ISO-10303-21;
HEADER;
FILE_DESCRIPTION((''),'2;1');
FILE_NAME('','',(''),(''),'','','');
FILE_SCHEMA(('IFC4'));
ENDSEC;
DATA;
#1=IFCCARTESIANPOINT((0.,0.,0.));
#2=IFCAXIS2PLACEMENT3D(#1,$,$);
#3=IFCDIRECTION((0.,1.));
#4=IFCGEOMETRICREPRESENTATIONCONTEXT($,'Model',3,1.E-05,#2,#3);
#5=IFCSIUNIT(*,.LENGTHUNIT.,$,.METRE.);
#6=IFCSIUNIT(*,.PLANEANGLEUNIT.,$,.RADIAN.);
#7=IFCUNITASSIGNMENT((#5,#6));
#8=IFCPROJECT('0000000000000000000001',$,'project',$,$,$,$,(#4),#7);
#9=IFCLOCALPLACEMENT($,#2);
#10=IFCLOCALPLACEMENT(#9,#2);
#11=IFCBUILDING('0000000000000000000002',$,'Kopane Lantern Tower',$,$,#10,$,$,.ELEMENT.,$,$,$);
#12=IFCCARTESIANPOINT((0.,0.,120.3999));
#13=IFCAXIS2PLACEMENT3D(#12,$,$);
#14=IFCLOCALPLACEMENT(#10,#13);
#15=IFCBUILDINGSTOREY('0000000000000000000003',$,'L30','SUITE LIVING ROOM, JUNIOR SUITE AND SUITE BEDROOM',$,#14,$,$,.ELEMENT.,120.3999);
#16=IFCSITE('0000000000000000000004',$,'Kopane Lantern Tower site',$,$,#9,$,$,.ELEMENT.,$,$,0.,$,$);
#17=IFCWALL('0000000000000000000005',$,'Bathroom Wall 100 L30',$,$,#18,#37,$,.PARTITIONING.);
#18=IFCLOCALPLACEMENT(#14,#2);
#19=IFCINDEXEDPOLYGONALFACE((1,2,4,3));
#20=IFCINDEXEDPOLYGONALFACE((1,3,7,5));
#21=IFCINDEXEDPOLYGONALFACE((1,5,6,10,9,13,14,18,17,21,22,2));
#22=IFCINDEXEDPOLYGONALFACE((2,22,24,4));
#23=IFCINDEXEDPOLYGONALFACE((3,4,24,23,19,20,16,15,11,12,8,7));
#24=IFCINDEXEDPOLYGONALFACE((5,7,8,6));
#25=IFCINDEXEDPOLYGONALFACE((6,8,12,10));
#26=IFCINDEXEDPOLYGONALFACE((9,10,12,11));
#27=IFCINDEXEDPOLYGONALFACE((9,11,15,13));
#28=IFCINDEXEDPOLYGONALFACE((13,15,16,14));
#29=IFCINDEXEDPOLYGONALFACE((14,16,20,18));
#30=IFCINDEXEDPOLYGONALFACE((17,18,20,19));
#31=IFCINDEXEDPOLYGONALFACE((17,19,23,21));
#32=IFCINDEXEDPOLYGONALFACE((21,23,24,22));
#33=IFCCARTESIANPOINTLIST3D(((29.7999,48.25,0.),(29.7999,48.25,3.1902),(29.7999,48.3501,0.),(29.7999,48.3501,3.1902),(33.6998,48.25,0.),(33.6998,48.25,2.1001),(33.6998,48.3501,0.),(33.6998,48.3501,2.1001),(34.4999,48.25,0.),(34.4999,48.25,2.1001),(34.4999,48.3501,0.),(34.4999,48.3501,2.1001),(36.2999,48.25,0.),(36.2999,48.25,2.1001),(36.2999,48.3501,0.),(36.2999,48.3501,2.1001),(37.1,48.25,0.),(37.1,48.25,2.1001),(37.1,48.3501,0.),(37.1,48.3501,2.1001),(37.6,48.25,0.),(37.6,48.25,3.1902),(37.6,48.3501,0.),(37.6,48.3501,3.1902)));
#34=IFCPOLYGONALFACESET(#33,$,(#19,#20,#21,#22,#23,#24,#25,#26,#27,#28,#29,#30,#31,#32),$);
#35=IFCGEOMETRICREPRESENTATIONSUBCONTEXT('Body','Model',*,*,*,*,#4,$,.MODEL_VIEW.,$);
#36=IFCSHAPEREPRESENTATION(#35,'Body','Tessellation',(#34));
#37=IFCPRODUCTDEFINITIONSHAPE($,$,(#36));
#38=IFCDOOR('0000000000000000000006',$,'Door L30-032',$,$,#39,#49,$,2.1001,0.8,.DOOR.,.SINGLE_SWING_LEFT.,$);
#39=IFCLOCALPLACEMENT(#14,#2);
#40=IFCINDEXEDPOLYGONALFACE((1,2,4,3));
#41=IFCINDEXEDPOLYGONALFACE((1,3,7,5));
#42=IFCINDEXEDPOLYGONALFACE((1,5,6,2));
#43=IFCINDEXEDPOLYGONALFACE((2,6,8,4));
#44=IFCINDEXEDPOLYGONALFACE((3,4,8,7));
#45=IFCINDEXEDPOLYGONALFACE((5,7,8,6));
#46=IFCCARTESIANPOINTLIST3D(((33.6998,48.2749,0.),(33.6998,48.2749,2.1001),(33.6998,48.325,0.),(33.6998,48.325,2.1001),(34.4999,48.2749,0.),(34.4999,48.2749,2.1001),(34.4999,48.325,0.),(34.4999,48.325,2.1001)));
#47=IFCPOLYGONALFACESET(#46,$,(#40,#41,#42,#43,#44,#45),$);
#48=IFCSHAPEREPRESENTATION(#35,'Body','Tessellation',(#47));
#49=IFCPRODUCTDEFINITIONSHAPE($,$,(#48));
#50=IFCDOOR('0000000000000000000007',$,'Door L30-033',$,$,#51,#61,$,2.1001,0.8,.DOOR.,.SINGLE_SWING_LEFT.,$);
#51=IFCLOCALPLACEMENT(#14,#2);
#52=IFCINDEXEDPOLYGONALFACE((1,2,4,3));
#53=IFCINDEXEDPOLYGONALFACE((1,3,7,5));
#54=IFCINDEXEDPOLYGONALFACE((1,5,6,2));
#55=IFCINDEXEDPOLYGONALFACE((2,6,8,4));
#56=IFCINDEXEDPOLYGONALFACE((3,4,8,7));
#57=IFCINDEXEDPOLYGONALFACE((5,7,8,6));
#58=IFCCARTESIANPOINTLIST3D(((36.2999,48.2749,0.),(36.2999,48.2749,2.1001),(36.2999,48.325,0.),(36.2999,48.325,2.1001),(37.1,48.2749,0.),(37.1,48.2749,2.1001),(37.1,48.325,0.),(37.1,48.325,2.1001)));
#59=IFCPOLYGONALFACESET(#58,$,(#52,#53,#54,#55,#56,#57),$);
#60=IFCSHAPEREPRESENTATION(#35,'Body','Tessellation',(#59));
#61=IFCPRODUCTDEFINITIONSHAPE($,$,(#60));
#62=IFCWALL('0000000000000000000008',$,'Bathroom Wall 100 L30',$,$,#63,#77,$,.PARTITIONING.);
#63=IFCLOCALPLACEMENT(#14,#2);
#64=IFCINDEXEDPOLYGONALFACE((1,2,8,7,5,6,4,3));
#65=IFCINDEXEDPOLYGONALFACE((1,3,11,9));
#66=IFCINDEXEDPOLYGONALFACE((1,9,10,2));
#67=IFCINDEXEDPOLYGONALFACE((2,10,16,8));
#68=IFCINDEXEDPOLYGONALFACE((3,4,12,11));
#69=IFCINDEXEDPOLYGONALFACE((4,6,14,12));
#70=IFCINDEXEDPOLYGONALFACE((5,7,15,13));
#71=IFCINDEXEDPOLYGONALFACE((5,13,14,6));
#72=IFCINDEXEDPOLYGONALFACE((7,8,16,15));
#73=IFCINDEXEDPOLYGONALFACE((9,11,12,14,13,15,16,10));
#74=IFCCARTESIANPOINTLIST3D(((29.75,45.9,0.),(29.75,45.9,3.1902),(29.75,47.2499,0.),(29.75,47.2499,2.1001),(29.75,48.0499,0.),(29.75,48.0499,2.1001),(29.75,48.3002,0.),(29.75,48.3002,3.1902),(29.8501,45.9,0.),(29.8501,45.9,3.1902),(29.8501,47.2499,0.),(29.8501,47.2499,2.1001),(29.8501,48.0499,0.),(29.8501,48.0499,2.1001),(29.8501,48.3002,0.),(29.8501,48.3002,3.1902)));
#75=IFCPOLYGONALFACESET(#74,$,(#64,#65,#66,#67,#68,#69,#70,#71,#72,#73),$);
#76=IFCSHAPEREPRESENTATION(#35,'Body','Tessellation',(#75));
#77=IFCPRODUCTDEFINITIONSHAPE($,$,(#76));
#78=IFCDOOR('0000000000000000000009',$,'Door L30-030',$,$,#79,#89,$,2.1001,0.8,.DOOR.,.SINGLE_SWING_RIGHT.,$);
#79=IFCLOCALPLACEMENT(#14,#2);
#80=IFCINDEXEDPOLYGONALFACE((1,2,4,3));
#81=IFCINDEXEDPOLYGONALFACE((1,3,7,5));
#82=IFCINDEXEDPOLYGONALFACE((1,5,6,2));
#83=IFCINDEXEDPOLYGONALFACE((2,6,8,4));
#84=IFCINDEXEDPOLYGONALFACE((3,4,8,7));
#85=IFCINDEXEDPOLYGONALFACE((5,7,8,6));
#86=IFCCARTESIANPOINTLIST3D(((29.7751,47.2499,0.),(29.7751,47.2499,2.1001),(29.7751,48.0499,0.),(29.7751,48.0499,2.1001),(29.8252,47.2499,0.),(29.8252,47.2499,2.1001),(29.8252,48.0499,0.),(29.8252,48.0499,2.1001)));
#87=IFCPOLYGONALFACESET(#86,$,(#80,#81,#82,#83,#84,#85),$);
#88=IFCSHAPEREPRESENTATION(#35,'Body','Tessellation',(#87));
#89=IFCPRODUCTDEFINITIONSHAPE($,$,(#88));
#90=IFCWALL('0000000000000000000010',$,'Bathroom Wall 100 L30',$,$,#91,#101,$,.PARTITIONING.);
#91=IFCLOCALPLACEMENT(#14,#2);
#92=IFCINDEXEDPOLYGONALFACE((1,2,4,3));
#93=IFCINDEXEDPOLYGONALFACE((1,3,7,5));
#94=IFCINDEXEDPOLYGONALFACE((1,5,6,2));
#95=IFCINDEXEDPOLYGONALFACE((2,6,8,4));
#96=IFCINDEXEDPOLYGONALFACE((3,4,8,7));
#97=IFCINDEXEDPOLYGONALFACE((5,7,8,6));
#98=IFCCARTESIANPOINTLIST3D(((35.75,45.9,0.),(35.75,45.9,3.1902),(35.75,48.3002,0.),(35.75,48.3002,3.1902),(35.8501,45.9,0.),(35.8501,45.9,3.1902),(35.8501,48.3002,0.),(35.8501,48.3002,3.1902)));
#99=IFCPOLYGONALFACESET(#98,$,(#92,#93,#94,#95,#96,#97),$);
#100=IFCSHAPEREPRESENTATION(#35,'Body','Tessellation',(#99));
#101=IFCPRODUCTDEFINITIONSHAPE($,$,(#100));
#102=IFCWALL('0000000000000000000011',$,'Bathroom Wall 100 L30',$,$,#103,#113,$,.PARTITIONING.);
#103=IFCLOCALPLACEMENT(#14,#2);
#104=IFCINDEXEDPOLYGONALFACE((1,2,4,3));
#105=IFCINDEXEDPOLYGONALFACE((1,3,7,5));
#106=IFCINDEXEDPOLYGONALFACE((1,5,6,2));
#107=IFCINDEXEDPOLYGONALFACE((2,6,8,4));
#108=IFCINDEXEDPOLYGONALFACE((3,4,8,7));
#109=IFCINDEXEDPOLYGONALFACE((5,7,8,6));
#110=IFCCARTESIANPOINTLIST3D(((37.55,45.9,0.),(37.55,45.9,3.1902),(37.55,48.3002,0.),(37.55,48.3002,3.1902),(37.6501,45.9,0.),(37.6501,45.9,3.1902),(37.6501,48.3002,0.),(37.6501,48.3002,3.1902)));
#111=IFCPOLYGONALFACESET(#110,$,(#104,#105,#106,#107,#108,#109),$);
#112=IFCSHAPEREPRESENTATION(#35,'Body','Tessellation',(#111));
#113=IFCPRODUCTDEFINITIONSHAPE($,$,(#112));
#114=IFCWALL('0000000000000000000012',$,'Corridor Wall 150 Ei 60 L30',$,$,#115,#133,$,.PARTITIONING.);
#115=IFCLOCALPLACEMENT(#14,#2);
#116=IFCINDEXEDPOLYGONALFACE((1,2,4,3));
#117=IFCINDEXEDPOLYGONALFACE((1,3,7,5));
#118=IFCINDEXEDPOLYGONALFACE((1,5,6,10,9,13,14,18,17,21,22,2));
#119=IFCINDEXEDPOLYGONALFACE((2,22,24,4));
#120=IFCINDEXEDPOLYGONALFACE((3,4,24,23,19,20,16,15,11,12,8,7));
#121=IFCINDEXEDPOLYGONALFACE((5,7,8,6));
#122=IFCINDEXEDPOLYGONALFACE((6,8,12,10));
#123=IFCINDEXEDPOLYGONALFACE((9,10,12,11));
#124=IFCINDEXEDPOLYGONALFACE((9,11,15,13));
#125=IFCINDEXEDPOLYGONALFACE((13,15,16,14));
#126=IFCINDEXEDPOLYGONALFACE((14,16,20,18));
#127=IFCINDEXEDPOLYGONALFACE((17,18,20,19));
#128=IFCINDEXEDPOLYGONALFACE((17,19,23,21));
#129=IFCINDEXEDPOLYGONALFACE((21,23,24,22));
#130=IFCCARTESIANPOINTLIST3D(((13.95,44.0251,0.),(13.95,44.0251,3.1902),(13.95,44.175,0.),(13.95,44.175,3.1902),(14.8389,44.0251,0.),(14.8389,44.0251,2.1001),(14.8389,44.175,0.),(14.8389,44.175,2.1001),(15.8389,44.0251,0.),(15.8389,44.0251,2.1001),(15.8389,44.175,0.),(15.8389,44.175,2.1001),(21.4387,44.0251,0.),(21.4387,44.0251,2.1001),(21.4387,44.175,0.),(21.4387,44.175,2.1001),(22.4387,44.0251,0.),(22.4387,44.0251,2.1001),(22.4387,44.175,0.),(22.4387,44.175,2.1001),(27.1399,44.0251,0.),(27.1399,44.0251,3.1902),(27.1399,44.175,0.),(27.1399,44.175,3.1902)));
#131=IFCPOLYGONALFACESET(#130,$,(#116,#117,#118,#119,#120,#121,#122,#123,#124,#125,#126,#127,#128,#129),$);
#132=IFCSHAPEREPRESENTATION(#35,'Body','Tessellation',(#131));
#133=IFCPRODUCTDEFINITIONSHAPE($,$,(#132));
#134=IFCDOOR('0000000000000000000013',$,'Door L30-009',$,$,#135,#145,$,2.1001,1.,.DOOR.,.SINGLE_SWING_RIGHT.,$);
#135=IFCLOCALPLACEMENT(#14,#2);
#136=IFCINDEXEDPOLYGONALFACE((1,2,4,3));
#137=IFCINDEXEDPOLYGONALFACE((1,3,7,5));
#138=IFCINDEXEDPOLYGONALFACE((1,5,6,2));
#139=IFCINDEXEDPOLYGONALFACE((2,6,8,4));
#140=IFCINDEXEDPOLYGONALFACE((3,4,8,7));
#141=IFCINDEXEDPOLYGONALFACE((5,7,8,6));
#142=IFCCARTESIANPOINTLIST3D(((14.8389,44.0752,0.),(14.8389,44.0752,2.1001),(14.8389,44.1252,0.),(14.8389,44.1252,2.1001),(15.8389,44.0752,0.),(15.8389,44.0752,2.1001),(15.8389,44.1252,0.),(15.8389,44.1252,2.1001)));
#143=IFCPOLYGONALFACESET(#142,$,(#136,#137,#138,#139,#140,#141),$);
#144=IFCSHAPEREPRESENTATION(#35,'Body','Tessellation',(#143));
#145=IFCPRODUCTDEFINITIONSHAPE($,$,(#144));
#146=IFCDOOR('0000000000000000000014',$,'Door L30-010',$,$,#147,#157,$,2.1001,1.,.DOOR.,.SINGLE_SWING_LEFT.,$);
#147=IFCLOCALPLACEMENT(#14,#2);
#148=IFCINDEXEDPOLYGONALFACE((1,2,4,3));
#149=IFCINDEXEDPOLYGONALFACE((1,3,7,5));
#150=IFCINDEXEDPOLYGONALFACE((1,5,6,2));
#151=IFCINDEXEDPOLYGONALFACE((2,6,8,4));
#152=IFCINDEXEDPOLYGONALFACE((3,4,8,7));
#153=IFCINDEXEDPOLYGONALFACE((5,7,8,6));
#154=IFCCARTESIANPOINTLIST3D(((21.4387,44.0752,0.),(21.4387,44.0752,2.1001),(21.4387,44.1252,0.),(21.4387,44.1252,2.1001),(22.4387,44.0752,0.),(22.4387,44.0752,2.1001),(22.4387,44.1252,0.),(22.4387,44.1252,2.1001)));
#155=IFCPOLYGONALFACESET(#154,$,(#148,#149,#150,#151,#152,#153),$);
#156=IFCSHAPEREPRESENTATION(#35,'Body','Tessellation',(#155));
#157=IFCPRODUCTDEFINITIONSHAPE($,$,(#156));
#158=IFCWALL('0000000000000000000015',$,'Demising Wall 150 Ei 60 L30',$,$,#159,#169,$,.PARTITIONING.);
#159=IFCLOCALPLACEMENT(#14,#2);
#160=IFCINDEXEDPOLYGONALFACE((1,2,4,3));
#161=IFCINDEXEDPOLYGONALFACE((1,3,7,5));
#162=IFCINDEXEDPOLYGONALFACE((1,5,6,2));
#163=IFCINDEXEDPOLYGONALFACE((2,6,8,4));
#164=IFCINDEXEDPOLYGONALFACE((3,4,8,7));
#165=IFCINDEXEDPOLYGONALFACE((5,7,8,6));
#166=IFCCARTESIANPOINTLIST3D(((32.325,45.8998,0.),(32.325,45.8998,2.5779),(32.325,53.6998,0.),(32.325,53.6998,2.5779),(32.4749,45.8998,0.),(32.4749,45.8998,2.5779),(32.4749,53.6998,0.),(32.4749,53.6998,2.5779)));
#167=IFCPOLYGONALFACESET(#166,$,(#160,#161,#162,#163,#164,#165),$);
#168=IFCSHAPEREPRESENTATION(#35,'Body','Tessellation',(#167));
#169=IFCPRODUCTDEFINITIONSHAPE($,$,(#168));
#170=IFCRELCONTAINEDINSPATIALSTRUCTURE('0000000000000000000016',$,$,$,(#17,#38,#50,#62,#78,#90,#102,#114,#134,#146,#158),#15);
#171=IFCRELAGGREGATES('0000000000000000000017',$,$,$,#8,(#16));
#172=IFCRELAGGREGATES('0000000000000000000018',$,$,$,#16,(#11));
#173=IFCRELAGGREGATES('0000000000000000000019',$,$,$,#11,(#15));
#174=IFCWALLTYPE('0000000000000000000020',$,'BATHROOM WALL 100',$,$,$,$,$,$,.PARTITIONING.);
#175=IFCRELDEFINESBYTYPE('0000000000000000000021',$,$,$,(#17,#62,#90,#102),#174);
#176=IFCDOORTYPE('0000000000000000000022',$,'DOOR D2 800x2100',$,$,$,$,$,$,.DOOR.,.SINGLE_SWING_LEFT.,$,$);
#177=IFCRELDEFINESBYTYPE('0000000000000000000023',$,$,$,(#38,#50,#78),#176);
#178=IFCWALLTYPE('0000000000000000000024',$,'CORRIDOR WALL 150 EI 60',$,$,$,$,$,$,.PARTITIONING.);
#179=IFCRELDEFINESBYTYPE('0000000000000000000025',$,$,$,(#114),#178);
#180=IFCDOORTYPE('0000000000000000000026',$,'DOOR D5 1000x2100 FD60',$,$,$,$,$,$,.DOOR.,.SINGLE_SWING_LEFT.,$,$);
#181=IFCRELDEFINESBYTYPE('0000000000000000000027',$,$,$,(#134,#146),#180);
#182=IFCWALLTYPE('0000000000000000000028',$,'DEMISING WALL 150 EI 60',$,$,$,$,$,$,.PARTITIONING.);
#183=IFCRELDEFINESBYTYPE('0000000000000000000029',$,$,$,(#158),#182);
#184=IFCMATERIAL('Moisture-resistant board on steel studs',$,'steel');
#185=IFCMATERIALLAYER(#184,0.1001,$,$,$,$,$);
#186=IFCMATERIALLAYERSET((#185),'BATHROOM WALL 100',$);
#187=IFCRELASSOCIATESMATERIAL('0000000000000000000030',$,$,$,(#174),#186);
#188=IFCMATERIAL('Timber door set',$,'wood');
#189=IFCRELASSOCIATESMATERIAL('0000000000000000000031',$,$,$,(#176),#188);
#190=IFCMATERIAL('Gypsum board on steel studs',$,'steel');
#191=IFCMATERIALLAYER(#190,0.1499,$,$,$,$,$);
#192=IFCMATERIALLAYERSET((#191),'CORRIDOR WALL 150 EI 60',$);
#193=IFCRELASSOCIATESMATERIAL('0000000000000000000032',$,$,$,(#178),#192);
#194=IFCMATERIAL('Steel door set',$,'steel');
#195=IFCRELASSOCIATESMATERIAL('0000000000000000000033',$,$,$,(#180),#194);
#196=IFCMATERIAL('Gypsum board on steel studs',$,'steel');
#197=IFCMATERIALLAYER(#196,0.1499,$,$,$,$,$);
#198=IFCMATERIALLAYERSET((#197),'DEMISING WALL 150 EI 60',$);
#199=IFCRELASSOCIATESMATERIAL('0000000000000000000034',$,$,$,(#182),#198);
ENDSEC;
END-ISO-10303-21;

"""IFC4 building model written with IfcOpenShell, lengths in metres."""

from ifc_helpers import new_model, si_unit, direction, frame, frame_2d, origin, place, context, subcontext, project, spatial, rectangle, extrude, material, layer, layer_set, type_object, element, fill, save


model = new_model("IFC4")

# Units and contexts
model_context = context("Model", 3, precision=1e-05, world=origin(), true_north=direction((0.0, 1.0)))
body_context = subcontext(model_context, "Body", "Model", "MODEL_VIEW")
ifc_project = project(units=[si_unit("LENGTHUNIT", "METRE"), si_unit("PLANEANGLEUNIT", "RADIAN")], contexts=[model_context])

# Site, building, storey
site_placement = place(None, origin())
site = spatial("IfcSite", under=ifc_project, at=site_placement, Name="Kopane Lantern Tower site", CompositionType="ELEMENT", RefElevation=0.0)
building_placement = place(site_placement, origin())
building = spatial("IfcBuilding", under=site, at=building_placement, Name="Kopane Lantern Tower", CompositionType="ELEMENT")
storey_placement = place(building_placement, frame((0.0, 0.0, 120.3999)))
storey = spatial("IfcBuildingStorey", under=building, at=storey_placement, Name="L30", Description="SUITE LIVING ROOM, JUNIOR SUITE AND SUITE BEDROOM", CompositionType="ELEMENT", Elevation=120.3999)

# Shared definitions
ifc_material_1 = material(Name="Moisture-resistant board on steel studs", Category="steel")
ifc_layer_1 = layer(ifc_material_1, 0.1001)
ifc_layer_set_1 = layer_set([ifc_layer_1], Name="BATHROOM WALL 100")
wall_type_1 = type_object("IfcWallType", Name="BATHROOM WALL 100", PredefinedType="PARTITIONING", material=ifc_layer_set_1)
ifc_material_2 = material(Name="Timber door set", Category="wood")
door_type_1 = type_object("IfcDoorType", Name="DOOR D2 800x2100", OperationType="SINGLE_SWING_LEFT", PredefinedType="DOOR", material=ifc_material_2)

# Wall, openings, doors
wall_1_placement = place(storey_placement, frame((29.8, 48.3, 0.0), z_axis=(0.0, 0.0, 1.0), x_axis=(1.0, 0.0, 0.0)))
wall_1 = element("IfcWall", 1, at=wall_1_placement, inside=storey, type_object=wall_type_1, Name="Bathroom Wall 100 L30", PredefinedType="PARTITIONING", context=body_context, shape_type="SweptSolid", body=[
    extrude(rectangle(XDim=7.8, YDim=0.1001, at=frame_2d((3.8999, 0.0))), origin(), (0.0, 0.0, 1.0), 3.1902),
])
opening_1_placement = place(wall_1_placement, frame((3.8999, 0.0, 0.0)))
opening_1 = element("IfcOpeningElement", 2, at=opening_1_placement, cuts=wall_1, PredefinedType="OPENING", context=body_context, shape_type="SweptSolid", body=[
    extrude(rectangle(XDim=0.8, YDim=2.1001, at=frame_2d((0.3999, 1.05))), frame((0.0, 0.0601, 0.0), z_axis=(0.0, -1.0, 0.0), x_axis=(1.0, 0.0, 0.0)), (0.0, 0.0, 1.0), 0.1201),
])
opening_2_placement = place(wall_1_placement, frame((6.5, 0.0, 0.0)))
opening_2 = element("IfcOpeningElement", 3, at=opening_2_placement, cuts=wall_1, PredefinedType="OPENING", context=body_context, shape_type="SweptSolid", body=[
    extrude(rectangle(XDim=0.8, YDim=2.1001, at=frame_2d((0.3999, 1.05))), frame((0.0, 0.0601, 0.0), z_axis=(0.0, -1.0, 0.0), x_axis=(1.0, 0.0, 0.0)), (0.0, 0.0, 1.0), 0.1201),
])
door_1_placement = place(opening_1_placement, origin())
door_1 = element("IfcDoor", 4, at=door_1_placement, inside=storey, type_object=door_type_1, Name="Door L30-032", OperationType="SINGLE_SWING_LEFT", OverallHeight=2.1001, OverallWidth=0.8, PredefinedType="DOOR", context=body_context, shape_type="SweptSolid", body=[
    extrude(rectangle(XDim=0.8, YDim=2.1001, at=frame_2d((0.3999, 1.05))), frame((0.0, 0.0249, 0.0), z_axis=(0.0, -1.0, 0.0), x_axis=(1.0, 0.0, 0.0)), (0.0, 0.0, 1.0), 0.05),
])
fill(opening_1, door_1)
door_2_placement = place(opening_2_placement, origin())
door_2 = element("IfcDoor", 5, at=door_2_placement, inside=storey, type_object=door_type_1, Name="Door L30-033", OperationType="SINGLE_SWING_LEFT", OverallHeight=2.1001, OverallWidth=0.8, PredefinedType="DOOR", context=body_context, shape_type="SweptSolid", body=[
    extrude(rectangle(XDim=0.8, YDim=2.1001, at=frame_2d((0.3999, 1.05))), frame((0.0, 0.0249, 0.0), z_axis=(0.0, -1.0, 0.0), x_axis=(1.0, 0.0, 0.0)), (0.0, 0.0, 1.0), 0.05),
])
fill(opening_2, door_2)

# Wall, opening, door
wall_2_placement = place(storey_placement, frame((29.8, 45.8999, 0.0), z_axis=(0.0, 0.0, 1.0), x_axis=(0.0, 1.0, 0.0)))
wall_2 = element("IfcWall", 6, at=wall_2_placement, inside=storey, type_object=wall_type_1, Name="Bathroom Wall 100 L30", PredefinedType="PARTITIONING", context=body_context, shape_type="SweptSolid", body=[
    extrude(rectangle(XDim=2.4001, YDim=0.1001, at=frame_2d((1.2002, 0.0))), origin(), (0.0, 0.0, 1.0), 3.1902),
])
opening_3_placement = place(wall_2_placement, frame((1.3501, 0.0, 0.0)))
opening_3 = element("IfcOpeningElement", 7, at=opening_3_placement, cuts=wall_2, PredefinedType="OPENING", context=body_context, shape_type="SweptSolid", body=[
    extrude(rectangle(XDim=0.8, YDim=2.1001, at=frame_2d((0.3999, 1.05))), frame((0.0, 0.0601, 0.0), z_axis=(0.0, -1.0, 0.0), x_axis=(1.0, 0.0, 0.0)), (0.0, 0.0, 1.0), 0.1201),
])
door_3_placement = place(opening_3_placement, origin())
door_3 = element("IfcDoor", 8, at=door_3_placement, inside=storey, type_object=door_type_1, Name="Door L30-030", OperationType="SINGLE_SWING_RIGHT", OverallHeight=2.1001, OverallWidth=0.8, PredefinedType="DOOR", context=body_context, shape_type="SweptSolid", body=[
    extrude(rectangle(XDim=0.8, YDim=2.1001, at=frame_2d((0.3999, 1.05))), frame((0.0, 0.0249, 0.0), z_axis=(0.0, -1.0, 0.0), x_axis=(1.0, 0.0, 0.0)), (0.0, 0.0, 1.0), 0.05),
])
fill(opening_3, door_3)

# Walls
for number, where, z_axis, x_axis, name in (
    (9, (35.8, 45.8999, 0.0), (0.0, 0.0, 1.0), (0.0, 1.0, 0.0), "Bathroom Wall 100 L30"),
    (10, (37.6001, 45.8999, 0.0), (0.0, 0.0, 1.0), (0.0, 1.0, 0.0), "Bathroom Wall 100 L30"),
):
    element("IfcWall", number, at=place(storey_placement, frame(where, z_axis=z_axis, x_axis=x_axis)), inside=storey, type_object=wall_type_1, Name=name, PredefinedType="PARTITIONING", context=body_context, shape_type="SweptSolid", body=[
        extrude(rectangle(XDim=2.4001, YDim=0.1001, at=frame_2d((1.2002, 0.0))), origin(), (0.0, 0.0, 1.0), 3.1902),
    ])

# Wall, openings, doors
ifc_material_3 = material(Name="Gypsum board on steel studs", Category="steel")
ifc_layer_2 = layer(ifc_material_3, 0.1499)
ifc_layer_set_2 = layer_set([ifc_layer_2], Name="CORRIDOR WALL 150 EI 60")
wall_type_2 = type_object("IfcWallType", Name="CORRIDOR WALL 150 EI 60", PredefinedType="PARTITIONING", material=ifc_layer_set_2)
wall_3_placement = place(storey_placement, frame((27.1399, 44.1001, 0.0), z_axis=(0.0, 0.0, 1.0), x_axis=(-1.0, 0.0, 0.0)))
wall_3 = element("IfcWall", 11, at=wall_3_placement, inside=storey, type_object=wall_type_2, Name="Corridor Wall 150 Ei 60 L30", PredefinedType="PARTITIONING", context=body_context, shape_type="SweptSolid", body=[
    extrude(rectangle(XDim=13.1899, YDim=0.1499, at=frame_2d((6.595, 0.0))), origin(), (0.0, 0.0, 1.0), 3.1902),
])
opening_4_placement = place(wall_3_placement, frame((11.301, 0.0, 0.0)))
opening_4 = element("IfcOpeningElement", 12, at=opening_4_placement, cuts=wall_3, PredefinedType="OPENING", context=body_context, shape_type="SweptSolid", body=[
    extrude(rectangle(XDim=1.0, YDim=2.1001, at=frame_2d((0.5, 1.05))), frame((0.0, 0.085, 0.0), z_axis=(0.0, -1.0, 0.0), x_axis=(1.0, 0.0, 0.0)), (0.0, 0.0, 1.0), 0.1699),
])
opening_5_placement = place(wall_3_placement, frame((4.7012, 0.0, 0.0)))
opening_5 = element("IfcOpeningElement", 13, at=opening_5_placement, cuts=wall_3, PredefinedType="OPENING", context=body_context, shape_type="SweptSolid", body=[
    extrude(rectangle(XDim=1.0, YDim=2.1001, at=frame_2d((0.5, 1.05))), frame((0.0, 0.085, 0.0), z_axis=(0.0, -1.0, 0.0), x_axis=(1.0, 0.0, 0.0)), (0.0, 0.0, 1.0), 0.1699),
])
ifc_material_4 = material(Name="Steel door set", Category="steel")
door_type_2 = type_object("IfcDoorType", Name="DOOR D5 1000x2100 FD60", OperationType="SINGLE_SWING_LEFT", PredefinedType="DOOR", material=ifc_material_4)
door_4_placement = place(opening_4_placement, origin())
door_4 = element("IfcDoor", 14, at=door_4_placement, inside=storey, type_object=door_type_2, Name="Door L30-009", OperationType="SINGLE_SWING_RIGHT", OverallHeight=2.1001, OverallWidth=1.0, PredefinedType="DOOR", context=body_context, shape_type="SweptSolid", body=[
    extrude(rectangle(XDim=1.0, YDim=2.1001, at=frame_2d((0.5, 1.05))), frame((0.0, 0.0249, 0.0), z_axis=(0.0, -1.0, 0.0), x_axis=(1.0, 0.0, 0.0)), (0.0, 0.0, 1.0), 0.05),
])
fill(opening_4, door_4)
door_5_placement = place(opening_5_placement, origin())
door_5 = element("IfcDoor", 15, at=door_5_placement, inside=storey, type_object=door_type_2, Name="Door L30-010", OperationType="SINGLE_SWING_LEFT", OverallHeight=2.1001, OverallWidth=1.0, PredefinedType="DOOR", context=body_context, shape_type="SweptSolid", body=[
    extrude(rectangle(XDim=1.0, YDim=2.1001, at=frame_2d((0.5, 1.05))), frame((0.0, 0.0249, 0.0), z_axis=(0.0, -1.0, 0.0), x_axis=(1.0, 0.0, 0.0)), (0.0, 0.0, 1.0), 0.05),
])
fill(opening_5, door_5)

# Wall
ifc_material_5 = material(Name="Gypsum board on steel studs", Category="steel")
ifc_layer_3 = layer(ifc_material_5, 0.1499)
ifc_layer_set_3 = layer_set([ifc_layer_3], Name="DEMISING WALL 150 EI 60")
wall_type_3 = type_object("IfcWallType", Name="DEMISING WALL 150 EI 60", PredefinedType="PARTITIONING", material=ifc_layer_set_3)
wall_4_placement = place(storey_placement, frame((32.3999, 45.8999, 0.0), z_axis=(0.0, 0.0, 1.0), x_axis=(0.0, 1.0, 0.0)))
element("IfcWall", 16, at=wall_4_placement, inside=storey, type_object=wall_type_3, Name="Demising Wall 150 Ei 60 L30", PredefinedType="PARTITIONING", context=body_context, shape_type="SweptSolid", body=[
    extrude(rectangle(XDim=7.8, YDim=0.1499, at=frame_2d((3.8999, 0.0))), origin(), (0.0, 0.0, 1.0), 2.5779),
])

save(model, "model.ifc")
